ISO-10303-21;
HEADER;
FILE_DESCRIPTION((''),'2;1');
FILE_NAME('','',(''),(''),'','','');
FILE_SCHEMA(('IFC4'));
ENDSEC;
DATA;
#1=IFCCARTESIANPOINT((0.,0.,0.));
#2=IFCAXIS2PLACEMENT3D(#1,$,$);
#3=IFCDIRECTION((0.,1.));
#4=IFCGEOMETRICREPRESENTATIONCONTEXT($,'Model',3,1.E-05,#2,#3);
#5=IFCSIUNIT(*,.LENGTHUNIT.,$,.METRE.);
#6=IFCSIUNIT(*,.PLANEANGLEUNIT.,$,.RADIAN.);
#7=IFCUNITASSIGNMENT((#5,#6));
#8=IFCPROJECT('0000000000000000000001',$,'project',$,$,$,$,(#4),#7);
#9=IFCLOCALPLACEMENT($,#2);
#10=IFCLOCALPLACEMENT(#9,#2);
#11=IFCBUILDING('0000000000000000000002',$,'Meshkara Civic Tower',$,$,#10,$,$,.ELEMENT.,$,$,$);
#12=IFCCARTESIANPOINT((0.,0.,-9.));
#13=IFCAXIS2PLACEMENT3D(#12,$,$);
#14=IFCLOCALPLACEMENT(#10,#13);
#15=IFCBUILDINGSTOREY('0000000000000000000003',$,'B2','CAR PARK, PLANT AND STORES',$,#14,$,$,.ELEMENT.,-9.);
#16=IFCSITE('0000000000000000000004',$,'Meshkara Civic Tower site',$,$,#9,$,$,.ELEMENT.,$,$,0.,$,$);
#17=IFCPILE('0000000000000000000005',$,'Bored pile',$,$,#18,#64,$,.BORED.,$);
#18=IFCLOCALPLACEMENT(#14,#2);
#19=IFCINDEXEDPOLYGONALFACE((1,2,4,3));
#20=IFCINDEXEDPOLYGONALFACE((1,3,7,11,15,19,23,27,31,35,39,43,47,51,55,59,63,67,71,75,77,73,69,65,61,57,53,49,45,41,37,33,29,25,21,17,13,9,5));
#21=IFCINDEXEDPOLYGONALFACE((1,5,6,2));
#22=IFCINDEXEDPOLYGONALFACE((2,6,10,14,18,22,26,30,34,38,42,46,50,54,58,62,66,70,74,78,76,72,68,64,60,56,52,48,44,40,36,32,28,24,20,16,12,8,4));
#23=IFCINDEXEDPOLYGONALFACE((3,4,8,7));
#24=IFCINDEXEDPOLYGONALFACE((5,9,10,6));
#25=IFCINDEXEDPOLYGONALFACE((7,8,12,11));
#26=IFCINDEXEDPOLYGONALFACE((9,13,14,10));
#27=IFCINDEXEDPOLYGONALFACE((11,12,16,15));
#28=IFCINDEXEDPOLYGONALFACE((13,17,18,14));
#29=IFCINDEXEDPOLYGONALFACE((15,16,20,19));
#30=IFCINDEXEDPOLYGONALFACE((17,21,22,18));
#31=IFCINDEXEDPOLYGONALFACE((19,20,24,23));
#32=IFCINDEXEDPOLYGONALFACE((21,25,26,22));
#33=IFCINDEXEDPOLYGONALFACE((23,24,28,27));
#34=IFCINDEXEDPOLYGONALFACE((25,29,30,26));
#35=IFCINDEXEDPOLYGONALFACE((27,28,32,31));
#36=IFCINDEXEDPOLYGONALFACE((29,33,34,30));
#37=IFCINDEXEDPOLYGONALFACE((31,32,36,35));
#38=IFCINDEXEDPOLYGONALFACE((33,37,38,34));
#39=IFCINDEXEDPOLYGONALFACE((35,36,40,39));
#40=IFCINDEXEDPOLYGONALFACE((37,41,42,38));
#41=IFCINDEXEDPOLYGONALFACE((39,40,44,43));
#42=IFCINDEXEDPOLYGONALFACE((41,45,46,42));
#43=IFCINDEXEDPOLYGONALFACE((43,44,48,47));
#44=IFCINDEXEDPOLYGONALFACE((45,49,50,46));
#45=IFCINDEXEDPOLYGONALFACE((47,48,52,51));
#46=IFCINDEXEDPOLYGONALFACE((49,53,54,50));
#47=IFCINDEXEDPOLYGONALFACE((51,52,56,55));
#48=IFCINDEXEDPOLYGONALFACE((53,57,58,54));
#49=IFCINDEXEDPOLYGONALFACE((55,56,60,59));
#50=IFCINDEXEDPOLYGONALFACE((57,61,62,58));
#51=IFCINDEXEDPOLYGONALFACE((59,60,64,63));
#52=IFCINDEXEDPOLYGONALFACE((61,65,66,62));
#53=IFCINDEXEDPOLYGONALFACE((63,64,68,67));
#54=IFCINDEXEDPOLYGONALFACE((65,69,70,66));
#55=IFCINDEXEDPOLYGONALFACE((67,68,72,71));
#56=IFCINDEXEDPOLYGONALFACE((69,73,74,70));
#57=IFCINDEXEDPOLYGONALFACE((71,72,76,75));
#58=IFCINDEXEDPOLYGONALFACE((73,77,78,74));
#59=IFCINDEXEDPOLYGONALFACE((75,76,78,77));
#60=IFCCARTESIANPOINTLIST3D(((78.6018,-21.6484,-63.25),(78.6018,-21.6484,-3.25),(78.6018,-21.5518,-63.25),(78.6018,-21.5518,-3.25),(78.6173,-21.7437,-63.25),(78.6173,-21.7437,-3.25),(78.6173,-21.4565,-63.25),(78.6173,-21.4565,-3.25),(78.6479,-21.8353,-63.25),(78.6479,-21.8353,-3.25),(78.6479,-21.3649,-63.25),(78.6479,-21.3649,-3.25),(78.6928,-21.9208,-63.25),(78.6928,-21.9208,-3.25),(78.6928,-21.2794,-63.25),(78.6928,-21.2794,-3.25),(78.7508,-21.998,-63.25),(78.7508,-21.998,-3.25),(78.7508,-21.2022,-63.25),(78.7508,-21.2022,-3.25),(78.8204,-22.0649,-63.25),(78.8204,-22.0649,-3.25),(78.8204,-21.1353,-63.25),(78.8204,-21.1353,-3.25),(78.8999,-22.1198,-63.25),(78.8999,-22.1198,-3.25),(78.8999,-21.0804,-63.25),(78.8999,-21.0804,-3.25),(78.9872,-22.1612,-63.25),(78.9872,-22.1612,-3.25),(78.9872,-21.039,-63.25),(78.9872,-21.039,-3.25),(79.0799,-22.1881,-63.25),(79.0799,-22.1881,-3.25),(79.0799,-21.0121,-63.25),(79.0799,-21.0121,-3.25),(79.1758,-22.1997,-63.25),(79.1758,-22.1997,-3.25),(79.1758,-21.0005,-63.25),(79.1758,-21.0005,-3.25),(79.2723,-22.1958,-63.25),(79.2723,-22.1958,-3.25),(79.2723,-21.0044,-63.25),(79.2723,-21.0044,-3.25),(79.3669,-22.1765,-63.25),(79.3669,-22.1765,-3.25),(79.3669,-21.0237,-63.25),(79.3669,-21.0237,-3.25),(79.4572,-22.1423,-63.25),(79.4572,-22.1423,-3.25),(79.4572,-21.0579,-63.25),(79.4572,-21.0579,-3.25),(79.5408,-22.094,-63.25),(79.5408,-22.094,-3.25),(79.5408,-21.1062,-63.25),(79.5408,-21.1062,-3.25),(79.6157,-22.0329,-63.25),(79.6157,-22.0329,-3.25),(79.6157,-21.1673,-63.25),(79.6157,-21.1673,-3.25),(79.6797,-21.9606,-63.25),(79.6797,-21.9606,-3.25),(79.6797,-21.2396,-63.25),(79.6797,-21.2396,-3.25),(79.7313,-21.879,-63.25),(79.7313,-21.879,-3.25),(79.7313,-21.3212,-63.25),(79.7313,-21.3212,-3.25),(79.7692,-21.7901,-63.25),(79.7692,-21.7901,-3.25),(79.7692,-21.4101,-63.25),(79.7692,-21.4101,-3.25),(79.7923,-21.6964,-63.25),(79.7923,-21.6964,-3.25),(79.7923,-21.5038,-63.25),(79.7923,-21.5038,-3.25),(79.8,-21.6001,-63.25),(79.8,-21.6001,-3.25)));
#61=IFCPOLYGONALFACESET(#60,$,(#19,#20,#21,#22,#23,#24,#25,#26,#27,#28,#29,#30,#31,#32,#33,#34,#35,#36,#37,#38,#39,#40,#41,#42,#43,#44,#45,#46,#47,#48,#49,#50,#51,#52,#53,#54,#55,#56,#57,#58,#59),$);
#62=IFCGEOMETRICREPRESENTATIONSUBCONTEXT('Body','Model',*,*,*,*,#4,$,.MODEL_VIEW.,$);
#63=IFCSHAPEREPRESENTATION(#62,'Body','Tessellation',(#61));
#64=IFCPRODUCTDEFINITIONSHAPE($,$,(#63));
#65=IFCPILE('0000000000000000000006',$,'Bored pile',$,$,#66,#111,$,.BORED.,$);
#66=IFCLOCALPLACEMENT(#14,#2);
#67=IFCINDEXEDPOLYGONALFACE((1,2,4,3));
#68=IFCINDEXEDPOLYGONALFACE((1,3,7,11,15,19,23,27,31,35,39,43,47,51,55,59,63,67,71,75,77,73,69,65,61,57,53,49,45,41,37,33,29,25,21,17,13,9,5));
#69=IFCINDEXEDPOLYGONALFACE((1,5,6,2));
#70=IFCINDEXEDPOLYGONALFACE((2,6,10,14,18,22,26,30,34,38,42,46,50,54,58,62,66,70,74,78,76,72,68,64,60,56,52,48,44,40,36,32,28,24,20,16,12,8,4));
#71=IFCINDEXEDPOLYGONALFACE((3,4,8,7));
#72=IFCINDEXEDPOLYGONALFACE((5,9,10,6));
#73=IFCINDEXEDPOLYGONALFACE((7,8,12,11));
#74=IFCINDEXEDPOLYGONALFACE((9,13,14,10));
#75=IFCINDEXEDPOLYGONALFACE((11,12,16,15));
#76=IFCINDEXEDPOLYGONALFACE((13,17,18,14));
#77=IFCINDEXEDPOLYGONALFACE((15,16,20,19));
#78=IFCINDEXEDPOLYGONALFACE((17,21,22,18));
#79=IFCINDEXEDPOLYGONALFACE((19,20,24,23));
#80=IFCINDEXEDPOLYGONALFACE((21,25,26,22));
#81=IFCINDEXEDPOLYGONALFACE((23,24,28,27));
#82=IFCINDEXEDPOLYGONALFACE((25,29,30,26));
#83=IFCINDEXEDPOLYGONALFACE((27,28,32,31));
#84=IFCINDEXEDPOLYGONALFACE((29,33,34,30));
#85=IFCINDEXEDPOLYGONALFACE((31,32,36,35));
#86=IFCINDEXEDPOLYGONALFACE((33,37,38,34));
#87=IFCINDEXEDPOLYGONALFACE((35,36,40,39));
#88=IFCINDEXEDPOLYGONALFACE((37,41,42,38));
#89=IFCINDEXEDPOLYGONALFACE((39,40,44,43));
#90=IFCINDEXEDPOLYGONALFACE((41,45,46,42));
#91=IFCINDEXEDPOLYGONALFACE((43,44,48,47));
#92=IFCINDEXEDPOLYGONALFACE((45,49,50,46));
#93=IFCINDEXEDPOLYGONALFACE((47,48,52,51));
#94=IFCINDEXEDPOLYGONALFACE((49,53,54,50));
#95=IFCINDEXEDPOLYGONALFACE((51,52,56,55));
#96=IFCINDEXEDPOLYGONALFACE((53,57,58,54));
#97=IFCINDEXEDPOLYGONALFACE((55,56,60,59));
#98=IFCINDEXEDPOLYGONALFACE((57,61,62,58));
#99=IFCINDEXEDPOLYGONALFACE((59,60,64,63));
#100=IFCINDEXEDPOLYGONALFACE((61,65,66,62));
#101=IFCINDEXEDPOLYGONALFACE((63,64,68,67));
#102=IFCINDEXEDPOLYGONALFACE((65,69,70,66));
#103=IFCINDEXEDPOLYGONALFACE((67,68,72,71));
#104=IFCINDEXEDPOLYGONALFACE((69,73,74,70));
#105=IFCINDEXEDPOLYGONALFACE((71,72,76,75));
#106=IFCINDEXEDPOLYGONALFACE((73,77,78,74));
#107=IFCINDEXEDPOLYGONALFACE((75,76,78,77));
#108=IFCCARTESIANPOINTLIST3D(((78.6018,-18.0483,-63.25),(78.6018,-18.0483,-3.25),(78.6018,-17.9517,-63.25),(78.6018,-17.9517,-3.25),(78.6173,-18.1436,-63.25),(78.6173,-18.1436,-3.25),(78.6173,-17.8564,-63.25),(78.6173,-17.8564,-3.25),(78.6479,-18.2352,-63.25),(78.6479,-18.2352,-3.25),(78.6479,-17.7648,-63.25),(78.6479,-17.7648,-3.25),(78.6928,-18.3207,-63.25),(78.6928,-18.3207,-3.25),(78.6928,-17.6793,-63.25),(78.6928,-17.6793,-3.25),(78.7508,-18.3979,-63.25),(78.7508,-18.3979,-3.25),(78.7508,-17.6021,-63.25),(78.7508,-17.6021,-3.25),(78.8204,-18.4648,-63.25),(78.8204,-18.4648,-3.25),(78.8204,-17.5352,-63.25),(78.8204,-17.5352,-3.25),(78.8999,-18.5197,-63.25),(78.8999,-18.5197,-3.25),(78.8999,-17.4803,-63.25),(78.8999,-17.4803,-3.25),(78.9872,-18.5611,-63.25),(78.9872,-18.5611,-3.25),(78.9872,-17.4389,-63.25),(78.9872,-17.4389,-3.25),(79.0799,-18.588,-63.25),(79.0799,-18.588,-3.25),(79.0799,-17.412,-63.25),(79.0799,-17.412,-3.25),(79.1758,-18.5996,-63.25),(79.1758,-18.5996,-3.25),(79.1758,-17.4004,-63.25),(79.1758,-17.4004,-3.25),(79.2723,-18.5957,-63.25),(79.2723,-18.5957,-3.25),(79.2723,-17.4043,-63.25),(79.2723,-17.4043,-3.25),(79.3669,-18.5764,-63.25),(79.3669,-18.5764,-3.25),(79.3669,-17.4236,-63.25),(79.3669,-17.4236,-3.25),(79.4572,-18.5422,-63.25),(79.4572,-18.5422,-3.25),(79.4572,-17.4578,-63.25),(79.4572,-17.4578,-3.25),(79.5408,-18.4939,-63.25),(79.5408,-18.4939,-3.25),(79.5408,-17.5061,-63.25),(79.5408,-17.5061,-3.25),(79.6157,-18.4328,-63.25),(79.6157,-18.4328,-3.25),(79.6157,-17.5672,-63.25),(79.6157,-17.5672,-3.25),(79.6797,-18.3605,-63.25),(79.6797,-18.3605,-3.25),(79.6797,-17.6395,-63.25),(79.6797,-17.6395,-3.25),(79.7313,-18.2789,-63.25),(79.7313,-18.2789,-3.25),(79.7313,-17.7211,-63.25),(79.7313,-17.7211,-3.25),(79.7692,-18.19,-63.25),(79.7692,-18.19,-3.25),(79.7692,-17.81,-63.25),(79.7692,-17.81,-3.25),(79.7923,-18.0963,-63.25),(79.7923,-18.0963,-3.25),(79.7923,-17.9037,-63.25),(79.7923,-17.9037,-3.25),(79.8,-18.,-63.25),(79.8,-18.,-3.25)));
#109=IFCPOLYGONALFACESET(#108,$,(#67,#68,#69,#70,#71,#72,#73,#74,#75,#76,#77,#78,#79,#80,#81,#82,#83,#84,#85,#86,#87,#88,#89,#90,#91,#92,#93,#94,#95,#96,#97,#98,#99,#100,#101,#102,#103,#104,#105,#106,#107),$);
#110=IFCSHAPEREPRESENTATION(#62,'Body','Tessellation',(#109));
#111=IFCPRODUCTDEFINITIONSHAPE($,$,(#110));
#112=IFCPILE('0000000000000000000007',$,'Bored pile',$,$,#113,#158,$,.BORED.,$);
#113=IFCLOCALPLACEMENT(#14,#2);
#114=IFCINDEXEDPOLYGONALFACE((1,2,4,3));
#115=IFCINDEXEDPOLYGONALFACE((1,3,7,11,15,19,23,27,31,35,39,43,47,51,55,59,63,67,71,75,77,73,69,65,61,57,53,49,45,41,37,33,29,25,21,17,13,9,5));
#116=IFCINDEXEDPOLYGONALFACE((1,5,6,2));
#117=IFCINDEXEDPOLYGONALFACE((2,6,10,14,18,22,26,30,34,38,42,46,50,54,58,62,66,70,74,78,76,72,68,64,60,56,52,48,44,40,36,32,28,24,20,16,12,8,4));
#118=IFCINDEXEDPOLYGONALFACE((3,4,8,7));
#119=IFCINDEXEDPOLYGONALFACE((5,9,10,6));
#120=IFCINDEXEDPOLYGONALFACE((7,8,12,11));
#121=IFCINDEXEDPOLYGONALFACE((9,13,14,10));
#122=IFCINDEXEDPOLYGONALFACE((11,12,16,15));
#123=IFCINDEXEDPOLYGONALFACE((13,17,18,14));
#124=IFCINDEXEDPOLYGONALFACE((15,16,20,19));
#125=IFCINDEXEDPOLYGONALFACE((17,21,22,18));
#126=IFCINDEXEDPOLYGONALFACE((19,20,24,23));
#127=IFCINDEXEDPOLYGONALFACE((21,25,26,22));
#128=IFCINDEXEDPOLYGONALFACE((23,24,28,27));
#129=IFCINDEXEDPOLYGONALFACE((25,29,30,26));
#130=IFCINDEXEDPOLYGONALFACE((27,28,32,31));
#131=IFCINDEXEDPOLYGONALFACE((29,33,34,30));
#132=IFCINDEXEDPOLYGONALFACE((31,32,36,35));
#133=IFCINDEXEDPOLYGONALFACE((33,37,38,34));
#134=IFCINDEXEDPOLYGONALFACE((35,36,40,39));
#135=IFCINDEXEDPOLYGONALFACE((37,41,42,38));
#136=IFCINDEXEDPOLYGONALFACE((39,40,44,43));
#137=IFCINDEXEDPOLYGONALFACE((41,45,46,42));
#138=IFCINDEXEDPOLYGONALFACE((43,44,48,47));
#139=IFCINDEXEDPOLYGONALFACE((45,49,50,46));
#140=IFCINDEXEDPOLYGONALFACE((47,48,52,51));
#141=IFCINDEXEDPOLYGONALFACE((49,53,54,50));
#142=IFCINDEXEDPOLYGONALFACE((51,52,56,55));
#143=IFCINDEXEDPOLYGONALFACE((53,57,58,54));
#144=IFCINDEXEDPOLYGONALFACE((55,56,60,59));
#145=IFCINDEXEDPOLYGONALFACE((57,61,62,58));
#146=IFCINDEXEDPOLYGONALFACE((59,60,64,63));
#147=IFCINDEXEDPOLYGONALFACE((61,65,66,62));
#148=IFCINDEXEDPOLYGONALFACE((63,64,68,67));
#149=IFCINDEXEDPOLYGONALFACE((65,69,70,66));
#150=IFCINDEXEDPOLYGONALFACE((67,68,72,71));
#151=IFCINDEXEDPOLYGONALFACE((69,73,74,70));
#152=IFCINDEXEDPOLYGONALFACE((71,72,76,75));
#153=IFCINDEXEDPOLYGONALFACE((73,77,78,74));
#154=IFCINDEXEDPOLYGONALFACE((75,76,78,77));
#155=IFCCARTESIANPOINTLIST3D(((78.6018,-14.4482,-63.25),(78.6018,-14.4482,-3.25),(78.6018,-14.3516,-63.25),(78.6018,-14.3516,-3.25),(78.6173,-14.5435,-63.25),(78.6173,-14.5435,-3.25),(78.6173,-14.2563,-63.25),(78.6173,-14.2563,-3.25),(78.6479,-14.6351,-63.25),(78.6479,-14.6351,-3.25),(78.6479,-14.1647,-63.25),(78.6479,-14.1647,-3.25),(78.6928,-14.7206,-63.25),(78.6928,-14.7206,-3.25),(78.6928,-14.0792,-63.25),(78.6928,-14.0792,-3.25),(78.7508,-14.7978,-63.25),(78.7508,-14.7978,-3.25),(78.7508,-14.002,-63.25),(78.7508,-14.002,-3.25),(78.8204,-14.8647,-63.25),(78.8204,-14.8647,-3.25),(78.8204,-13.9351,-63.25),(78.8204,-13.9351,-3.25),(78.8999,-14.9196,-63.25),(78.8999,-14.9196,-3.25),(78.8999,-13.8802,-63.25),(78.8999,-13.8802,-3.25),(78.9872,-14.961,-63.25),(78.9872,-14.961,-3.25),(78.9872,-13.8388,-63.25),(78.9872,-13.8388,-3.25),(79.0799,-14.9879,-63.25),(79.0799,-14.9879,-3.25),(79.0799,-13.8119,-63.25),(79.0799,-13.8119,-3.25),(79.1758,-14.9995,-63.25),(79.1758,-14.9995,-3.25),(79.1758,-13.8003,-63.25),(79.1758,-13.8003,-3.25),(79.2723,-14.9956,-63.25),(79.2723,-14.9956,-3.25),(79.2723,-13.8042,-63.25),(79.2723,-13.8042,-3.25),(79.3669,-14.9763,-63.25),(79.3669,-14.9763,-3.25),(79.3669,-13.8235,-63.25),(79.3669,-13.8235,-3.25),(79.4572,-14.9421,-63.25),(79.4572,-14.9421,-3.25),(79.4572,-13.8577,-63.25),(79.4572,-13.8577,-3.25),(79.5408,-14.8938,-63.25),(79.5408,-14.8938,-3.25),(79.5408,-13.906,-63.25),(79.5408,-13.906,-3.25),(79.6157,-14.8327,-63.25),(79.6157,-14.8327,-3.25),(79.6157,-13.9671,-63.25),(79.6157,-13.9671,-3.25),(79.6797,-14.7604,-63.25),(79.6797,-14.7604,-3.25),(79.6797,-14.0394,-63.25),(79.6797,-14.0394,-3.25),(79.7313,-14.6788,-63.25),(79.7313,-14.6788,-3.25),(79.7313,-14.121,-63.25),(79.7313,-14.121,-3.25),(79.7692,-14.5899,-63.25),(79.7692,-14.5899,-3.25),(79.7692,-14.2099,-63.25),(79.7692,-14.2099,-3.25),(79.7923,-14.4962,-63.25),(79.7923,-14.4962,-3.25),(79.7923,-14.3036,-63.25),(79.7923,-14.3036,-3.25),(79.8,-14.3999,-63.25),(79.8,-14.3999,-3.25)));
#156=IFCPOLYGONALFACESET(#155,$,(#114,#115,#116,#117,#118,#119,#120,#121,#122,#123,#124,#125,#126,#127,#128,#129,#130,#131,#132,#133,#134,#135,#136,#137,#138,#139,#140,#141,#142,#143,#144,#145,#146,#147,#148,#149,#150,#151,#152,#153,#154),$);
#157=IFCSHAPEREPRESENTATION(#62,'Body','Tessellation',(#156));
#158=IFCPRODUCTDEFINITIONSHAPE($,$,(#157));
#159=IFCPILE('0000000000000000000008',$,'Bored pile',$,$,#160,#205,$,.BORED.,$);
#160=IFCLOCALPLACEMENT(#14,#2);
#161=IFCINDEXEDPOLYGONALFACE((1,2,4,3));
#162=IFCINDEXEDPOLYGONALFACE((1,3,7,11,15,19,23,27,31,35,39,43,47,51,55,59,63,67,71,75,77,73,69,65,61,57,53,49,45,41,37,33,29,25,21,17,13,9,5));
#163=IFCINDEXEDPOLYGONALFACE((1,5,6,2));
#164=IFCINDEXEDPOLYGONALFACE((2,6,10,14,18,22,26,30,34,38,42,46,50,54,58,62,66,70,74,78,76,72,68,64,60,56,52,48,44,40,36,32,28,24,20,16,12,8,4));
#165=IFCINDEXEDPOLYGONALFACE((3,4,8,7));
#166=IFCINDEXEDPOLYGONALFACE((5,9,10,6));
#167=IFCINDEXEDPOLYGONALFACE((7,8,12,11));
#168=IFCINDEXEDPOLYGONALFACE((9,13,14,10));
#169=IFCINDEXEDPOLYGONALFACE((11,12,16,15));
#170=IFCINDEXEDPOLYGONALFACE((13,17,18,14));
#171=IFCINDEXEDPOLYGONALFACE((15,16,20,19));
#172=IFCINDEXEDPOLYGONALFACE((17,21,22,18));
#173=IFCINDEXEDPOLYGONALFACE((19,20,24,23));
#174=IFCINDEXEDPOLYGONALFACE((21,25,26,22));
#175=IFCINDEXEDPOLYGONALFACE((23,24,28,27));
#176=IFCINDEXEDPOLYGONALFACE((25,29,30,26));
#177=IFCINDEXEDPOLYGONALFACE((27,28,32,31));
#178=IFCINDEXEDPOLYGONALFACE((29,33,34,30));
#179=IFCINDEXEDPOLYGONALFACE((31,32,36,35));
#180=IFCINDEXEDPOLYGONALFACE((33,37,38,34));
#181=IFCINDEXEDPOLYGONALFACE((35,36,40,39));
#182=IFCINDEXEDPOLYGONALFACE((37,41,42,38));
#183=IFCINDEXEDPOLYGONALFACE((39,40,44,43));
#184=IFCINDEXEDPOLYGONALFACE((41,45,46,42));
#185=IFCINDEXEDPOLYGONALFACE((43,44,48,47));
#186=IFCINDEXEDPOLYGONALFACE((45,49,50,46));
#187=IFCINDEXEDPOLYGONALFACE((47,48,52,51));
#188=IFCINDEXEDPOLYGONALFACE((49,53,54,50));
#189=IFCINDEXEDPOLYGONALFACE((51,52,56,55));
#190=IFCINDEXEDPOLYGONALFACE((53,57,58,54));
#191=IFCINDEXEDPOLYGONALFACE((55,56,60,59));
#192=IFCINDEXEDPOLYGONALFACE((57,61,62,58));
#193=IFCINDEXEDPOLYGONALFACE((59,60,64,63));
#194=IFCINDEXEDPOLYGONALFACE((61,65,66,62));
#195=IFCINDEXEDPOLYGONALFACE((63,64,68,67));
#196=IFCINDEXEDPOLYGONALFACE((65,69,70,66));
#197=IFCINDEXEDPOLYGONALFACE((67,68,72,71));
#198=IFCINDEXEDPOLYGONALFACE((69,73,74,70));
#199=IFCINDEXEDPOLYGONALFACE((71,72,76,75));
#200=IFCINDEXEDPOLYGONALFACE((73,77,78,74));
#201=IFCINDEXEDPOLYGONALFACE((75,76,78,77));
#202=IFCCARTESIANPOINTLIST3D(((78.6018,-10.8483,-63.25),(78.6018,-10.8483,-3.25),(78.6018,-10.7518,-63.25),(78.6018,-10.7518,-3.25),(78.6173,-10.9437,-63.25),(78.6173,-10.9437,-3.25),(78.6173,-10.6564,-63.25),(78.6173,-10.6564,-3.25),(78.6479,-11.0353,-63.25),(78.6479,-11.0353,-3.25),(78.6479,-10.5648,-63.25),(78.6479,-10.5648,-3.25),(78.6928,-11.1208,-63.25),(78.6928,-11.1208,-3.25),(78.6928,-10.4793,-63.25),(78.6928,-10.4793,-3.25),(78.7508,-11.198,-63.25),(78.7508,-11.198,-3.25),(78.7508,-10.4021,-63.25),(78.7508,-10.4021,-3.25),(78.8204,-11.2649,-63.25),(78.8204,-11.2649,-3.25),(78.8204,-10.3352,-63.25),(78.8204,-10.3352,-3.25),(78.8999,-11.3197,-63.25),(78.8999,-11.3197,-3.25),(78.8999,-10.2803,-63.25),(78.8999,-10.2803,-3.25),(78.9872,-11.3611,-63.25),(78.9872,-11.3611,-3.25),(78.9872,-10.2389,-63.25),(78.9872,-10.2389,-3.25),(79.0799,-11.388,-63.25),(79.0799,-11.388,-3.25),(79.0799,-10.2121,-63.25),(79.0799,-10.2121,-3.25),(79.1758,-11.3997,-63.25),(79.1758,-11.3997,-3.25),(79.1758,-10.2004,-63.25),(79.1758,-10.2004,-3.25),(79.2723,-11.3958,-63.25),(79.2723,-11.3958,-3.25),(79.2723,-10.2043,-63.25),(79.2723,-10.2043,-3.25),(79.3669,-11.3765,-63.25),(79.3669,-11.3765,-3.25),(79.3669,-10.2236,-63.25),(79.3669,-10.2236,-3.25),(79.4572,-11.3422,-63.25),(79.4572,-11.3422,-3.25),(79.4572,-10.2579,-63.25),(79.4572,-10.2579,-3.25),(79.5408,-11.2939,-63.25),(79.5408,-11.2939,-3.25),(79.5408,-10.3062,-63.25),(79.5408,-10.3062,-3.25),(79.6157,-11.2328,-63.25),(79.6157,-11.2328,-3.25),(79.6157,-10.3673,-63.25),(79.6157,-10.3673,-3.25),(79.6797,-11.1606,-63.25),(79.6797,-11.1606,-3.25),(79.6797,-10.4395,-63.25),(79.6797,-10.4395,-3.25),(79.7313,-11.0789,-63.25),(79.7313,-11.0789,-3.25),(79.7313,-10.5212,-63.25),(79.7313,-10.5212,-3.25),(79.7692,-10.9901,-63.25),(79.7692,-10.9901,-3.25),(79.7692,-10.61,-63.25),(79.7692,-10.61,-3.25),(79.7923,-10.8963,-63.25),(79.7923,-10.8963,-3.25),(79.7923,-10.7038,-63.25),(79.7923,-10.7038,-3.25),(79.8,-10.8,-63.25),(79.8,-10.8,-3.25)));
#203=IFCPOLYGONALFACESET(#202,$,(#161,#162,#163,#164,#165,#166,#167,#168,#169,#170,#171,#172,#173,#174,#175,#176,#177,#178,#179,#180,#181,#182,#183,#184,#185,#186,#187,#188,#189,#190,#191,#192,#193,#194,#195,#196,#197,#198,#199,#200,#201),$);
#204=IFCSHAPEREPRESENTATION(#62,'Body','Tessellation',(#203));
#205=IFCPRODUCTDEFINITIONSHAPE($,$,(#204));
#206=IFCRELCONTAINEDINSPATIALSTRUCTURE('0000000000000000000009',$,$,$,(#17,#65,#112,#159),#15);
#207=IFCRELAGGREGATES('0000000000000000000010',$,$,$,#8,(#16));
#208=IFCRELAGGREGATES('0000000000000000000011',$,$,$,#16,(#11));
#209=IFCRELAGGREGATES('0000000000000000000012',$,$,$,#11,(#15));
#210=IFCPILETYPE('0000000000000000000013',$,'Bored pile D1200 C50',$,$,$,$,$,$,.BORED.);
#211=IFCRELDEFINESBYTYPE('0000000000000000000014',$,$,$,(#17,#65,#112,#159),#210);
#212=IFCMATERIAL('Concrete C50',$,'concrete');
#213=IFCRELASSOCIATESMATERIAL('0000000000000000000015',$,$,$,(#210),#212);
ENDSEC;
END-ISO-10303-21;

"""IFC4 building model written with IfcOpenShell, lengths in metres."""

from ifc_helpers import new_model, si_unit, direction, frame, origin, origin_2d, place, context, subcontext, project, spatial, circle, extrude, material, material_profile, profile_set, type_object, element, save


model = new_model("IFC4")

# Units and contexts
model_context = context("Model", 3, precision=1e-05, world=origin(), true_north=direction((0.0, 1.0)))
body_context = subcontext(model_context, "Body", "Model", "MODEL_VIEW")
ifc_project = project(units=[si_unit("LENGTHUNIT", "METRE"), si_unit("PLANEANGLEUNIT", "RADIAN")], contexts=[model_context])

# Site, building, storey
site_placement = place(None, origin())
site = spatial("IfcSite", under=ifc_project, at=site_placement, Name="Meshkara Civic Tower site", CompositionType="ELEMENT", RefElevation=0.0)
building_placement = place(site_placement, origin())
building = spatial("IfcBuilding", under=site, at=building_placement, Name="Meshkara Civic Tower", CompositionType="ELEMENT")
storey_placement = place(building_placement, frame((0.0, 0.0, -9.0)))
storey = spatial("IfcBuildingStorey", under=building, at=storey_placement, Name="B2", Description="CAR PARK, PLANT AND STORES", CompositionType="ELEMENT", Elevation=-9.0)

# Piles
ifc_material_1 = material(Name="Concrete C50", Category="concrete")
ifc_material_profile_1 = material_profile(ifc_material_1, circle(Radius=0.6001, at=origin_2d()))
ifc_profile_set_1 = profile_set([ifc_material_profile_1], Name="Concrete C50")
pile_type = type_object("IfcPileType", Name="Bored pile D1200 C50", PredefinedType="BORED", material=ifc_profile_set_1)
for number, where, z_axis, x_axis, name in (
    (1, (79.2, -21.6001, -3.25), (0.0, 0.0, -1.0), (1.0, 0.0, 0.0), "Bored pile"),
    (2, (79.2, -18.0, -3.25), (0.0, 0.0, -1.0), (1.0, 0.0, 0.0), "Bored pile"),
    (3, (79.2, -14.3999, -3.25), (0.0, 0.0, -1.0), (1.0, 0.0, 0.0), "Bored pile"),
    (4, (79.2, -10.8, -3.25), (0.0, 0.0, -1.0), (1.0, 0.0, 0.0), "Bored pile"),
):
    element("IfcPile", number, at=place(storey_placement, frame(where, z_axis=z_axis, x_axis=x_axis)), inside=storey, type_object=pile_type, Name=name, PredefinedType="BORED", context=body_context, shape_type="SweptSolid", body=[
        extrude(circle(Radius=0.6001, at=origin_2d()), origin(), (0.0, 0.0, 1.0), 60.0),
    ])

save(model, "model.ifc")
